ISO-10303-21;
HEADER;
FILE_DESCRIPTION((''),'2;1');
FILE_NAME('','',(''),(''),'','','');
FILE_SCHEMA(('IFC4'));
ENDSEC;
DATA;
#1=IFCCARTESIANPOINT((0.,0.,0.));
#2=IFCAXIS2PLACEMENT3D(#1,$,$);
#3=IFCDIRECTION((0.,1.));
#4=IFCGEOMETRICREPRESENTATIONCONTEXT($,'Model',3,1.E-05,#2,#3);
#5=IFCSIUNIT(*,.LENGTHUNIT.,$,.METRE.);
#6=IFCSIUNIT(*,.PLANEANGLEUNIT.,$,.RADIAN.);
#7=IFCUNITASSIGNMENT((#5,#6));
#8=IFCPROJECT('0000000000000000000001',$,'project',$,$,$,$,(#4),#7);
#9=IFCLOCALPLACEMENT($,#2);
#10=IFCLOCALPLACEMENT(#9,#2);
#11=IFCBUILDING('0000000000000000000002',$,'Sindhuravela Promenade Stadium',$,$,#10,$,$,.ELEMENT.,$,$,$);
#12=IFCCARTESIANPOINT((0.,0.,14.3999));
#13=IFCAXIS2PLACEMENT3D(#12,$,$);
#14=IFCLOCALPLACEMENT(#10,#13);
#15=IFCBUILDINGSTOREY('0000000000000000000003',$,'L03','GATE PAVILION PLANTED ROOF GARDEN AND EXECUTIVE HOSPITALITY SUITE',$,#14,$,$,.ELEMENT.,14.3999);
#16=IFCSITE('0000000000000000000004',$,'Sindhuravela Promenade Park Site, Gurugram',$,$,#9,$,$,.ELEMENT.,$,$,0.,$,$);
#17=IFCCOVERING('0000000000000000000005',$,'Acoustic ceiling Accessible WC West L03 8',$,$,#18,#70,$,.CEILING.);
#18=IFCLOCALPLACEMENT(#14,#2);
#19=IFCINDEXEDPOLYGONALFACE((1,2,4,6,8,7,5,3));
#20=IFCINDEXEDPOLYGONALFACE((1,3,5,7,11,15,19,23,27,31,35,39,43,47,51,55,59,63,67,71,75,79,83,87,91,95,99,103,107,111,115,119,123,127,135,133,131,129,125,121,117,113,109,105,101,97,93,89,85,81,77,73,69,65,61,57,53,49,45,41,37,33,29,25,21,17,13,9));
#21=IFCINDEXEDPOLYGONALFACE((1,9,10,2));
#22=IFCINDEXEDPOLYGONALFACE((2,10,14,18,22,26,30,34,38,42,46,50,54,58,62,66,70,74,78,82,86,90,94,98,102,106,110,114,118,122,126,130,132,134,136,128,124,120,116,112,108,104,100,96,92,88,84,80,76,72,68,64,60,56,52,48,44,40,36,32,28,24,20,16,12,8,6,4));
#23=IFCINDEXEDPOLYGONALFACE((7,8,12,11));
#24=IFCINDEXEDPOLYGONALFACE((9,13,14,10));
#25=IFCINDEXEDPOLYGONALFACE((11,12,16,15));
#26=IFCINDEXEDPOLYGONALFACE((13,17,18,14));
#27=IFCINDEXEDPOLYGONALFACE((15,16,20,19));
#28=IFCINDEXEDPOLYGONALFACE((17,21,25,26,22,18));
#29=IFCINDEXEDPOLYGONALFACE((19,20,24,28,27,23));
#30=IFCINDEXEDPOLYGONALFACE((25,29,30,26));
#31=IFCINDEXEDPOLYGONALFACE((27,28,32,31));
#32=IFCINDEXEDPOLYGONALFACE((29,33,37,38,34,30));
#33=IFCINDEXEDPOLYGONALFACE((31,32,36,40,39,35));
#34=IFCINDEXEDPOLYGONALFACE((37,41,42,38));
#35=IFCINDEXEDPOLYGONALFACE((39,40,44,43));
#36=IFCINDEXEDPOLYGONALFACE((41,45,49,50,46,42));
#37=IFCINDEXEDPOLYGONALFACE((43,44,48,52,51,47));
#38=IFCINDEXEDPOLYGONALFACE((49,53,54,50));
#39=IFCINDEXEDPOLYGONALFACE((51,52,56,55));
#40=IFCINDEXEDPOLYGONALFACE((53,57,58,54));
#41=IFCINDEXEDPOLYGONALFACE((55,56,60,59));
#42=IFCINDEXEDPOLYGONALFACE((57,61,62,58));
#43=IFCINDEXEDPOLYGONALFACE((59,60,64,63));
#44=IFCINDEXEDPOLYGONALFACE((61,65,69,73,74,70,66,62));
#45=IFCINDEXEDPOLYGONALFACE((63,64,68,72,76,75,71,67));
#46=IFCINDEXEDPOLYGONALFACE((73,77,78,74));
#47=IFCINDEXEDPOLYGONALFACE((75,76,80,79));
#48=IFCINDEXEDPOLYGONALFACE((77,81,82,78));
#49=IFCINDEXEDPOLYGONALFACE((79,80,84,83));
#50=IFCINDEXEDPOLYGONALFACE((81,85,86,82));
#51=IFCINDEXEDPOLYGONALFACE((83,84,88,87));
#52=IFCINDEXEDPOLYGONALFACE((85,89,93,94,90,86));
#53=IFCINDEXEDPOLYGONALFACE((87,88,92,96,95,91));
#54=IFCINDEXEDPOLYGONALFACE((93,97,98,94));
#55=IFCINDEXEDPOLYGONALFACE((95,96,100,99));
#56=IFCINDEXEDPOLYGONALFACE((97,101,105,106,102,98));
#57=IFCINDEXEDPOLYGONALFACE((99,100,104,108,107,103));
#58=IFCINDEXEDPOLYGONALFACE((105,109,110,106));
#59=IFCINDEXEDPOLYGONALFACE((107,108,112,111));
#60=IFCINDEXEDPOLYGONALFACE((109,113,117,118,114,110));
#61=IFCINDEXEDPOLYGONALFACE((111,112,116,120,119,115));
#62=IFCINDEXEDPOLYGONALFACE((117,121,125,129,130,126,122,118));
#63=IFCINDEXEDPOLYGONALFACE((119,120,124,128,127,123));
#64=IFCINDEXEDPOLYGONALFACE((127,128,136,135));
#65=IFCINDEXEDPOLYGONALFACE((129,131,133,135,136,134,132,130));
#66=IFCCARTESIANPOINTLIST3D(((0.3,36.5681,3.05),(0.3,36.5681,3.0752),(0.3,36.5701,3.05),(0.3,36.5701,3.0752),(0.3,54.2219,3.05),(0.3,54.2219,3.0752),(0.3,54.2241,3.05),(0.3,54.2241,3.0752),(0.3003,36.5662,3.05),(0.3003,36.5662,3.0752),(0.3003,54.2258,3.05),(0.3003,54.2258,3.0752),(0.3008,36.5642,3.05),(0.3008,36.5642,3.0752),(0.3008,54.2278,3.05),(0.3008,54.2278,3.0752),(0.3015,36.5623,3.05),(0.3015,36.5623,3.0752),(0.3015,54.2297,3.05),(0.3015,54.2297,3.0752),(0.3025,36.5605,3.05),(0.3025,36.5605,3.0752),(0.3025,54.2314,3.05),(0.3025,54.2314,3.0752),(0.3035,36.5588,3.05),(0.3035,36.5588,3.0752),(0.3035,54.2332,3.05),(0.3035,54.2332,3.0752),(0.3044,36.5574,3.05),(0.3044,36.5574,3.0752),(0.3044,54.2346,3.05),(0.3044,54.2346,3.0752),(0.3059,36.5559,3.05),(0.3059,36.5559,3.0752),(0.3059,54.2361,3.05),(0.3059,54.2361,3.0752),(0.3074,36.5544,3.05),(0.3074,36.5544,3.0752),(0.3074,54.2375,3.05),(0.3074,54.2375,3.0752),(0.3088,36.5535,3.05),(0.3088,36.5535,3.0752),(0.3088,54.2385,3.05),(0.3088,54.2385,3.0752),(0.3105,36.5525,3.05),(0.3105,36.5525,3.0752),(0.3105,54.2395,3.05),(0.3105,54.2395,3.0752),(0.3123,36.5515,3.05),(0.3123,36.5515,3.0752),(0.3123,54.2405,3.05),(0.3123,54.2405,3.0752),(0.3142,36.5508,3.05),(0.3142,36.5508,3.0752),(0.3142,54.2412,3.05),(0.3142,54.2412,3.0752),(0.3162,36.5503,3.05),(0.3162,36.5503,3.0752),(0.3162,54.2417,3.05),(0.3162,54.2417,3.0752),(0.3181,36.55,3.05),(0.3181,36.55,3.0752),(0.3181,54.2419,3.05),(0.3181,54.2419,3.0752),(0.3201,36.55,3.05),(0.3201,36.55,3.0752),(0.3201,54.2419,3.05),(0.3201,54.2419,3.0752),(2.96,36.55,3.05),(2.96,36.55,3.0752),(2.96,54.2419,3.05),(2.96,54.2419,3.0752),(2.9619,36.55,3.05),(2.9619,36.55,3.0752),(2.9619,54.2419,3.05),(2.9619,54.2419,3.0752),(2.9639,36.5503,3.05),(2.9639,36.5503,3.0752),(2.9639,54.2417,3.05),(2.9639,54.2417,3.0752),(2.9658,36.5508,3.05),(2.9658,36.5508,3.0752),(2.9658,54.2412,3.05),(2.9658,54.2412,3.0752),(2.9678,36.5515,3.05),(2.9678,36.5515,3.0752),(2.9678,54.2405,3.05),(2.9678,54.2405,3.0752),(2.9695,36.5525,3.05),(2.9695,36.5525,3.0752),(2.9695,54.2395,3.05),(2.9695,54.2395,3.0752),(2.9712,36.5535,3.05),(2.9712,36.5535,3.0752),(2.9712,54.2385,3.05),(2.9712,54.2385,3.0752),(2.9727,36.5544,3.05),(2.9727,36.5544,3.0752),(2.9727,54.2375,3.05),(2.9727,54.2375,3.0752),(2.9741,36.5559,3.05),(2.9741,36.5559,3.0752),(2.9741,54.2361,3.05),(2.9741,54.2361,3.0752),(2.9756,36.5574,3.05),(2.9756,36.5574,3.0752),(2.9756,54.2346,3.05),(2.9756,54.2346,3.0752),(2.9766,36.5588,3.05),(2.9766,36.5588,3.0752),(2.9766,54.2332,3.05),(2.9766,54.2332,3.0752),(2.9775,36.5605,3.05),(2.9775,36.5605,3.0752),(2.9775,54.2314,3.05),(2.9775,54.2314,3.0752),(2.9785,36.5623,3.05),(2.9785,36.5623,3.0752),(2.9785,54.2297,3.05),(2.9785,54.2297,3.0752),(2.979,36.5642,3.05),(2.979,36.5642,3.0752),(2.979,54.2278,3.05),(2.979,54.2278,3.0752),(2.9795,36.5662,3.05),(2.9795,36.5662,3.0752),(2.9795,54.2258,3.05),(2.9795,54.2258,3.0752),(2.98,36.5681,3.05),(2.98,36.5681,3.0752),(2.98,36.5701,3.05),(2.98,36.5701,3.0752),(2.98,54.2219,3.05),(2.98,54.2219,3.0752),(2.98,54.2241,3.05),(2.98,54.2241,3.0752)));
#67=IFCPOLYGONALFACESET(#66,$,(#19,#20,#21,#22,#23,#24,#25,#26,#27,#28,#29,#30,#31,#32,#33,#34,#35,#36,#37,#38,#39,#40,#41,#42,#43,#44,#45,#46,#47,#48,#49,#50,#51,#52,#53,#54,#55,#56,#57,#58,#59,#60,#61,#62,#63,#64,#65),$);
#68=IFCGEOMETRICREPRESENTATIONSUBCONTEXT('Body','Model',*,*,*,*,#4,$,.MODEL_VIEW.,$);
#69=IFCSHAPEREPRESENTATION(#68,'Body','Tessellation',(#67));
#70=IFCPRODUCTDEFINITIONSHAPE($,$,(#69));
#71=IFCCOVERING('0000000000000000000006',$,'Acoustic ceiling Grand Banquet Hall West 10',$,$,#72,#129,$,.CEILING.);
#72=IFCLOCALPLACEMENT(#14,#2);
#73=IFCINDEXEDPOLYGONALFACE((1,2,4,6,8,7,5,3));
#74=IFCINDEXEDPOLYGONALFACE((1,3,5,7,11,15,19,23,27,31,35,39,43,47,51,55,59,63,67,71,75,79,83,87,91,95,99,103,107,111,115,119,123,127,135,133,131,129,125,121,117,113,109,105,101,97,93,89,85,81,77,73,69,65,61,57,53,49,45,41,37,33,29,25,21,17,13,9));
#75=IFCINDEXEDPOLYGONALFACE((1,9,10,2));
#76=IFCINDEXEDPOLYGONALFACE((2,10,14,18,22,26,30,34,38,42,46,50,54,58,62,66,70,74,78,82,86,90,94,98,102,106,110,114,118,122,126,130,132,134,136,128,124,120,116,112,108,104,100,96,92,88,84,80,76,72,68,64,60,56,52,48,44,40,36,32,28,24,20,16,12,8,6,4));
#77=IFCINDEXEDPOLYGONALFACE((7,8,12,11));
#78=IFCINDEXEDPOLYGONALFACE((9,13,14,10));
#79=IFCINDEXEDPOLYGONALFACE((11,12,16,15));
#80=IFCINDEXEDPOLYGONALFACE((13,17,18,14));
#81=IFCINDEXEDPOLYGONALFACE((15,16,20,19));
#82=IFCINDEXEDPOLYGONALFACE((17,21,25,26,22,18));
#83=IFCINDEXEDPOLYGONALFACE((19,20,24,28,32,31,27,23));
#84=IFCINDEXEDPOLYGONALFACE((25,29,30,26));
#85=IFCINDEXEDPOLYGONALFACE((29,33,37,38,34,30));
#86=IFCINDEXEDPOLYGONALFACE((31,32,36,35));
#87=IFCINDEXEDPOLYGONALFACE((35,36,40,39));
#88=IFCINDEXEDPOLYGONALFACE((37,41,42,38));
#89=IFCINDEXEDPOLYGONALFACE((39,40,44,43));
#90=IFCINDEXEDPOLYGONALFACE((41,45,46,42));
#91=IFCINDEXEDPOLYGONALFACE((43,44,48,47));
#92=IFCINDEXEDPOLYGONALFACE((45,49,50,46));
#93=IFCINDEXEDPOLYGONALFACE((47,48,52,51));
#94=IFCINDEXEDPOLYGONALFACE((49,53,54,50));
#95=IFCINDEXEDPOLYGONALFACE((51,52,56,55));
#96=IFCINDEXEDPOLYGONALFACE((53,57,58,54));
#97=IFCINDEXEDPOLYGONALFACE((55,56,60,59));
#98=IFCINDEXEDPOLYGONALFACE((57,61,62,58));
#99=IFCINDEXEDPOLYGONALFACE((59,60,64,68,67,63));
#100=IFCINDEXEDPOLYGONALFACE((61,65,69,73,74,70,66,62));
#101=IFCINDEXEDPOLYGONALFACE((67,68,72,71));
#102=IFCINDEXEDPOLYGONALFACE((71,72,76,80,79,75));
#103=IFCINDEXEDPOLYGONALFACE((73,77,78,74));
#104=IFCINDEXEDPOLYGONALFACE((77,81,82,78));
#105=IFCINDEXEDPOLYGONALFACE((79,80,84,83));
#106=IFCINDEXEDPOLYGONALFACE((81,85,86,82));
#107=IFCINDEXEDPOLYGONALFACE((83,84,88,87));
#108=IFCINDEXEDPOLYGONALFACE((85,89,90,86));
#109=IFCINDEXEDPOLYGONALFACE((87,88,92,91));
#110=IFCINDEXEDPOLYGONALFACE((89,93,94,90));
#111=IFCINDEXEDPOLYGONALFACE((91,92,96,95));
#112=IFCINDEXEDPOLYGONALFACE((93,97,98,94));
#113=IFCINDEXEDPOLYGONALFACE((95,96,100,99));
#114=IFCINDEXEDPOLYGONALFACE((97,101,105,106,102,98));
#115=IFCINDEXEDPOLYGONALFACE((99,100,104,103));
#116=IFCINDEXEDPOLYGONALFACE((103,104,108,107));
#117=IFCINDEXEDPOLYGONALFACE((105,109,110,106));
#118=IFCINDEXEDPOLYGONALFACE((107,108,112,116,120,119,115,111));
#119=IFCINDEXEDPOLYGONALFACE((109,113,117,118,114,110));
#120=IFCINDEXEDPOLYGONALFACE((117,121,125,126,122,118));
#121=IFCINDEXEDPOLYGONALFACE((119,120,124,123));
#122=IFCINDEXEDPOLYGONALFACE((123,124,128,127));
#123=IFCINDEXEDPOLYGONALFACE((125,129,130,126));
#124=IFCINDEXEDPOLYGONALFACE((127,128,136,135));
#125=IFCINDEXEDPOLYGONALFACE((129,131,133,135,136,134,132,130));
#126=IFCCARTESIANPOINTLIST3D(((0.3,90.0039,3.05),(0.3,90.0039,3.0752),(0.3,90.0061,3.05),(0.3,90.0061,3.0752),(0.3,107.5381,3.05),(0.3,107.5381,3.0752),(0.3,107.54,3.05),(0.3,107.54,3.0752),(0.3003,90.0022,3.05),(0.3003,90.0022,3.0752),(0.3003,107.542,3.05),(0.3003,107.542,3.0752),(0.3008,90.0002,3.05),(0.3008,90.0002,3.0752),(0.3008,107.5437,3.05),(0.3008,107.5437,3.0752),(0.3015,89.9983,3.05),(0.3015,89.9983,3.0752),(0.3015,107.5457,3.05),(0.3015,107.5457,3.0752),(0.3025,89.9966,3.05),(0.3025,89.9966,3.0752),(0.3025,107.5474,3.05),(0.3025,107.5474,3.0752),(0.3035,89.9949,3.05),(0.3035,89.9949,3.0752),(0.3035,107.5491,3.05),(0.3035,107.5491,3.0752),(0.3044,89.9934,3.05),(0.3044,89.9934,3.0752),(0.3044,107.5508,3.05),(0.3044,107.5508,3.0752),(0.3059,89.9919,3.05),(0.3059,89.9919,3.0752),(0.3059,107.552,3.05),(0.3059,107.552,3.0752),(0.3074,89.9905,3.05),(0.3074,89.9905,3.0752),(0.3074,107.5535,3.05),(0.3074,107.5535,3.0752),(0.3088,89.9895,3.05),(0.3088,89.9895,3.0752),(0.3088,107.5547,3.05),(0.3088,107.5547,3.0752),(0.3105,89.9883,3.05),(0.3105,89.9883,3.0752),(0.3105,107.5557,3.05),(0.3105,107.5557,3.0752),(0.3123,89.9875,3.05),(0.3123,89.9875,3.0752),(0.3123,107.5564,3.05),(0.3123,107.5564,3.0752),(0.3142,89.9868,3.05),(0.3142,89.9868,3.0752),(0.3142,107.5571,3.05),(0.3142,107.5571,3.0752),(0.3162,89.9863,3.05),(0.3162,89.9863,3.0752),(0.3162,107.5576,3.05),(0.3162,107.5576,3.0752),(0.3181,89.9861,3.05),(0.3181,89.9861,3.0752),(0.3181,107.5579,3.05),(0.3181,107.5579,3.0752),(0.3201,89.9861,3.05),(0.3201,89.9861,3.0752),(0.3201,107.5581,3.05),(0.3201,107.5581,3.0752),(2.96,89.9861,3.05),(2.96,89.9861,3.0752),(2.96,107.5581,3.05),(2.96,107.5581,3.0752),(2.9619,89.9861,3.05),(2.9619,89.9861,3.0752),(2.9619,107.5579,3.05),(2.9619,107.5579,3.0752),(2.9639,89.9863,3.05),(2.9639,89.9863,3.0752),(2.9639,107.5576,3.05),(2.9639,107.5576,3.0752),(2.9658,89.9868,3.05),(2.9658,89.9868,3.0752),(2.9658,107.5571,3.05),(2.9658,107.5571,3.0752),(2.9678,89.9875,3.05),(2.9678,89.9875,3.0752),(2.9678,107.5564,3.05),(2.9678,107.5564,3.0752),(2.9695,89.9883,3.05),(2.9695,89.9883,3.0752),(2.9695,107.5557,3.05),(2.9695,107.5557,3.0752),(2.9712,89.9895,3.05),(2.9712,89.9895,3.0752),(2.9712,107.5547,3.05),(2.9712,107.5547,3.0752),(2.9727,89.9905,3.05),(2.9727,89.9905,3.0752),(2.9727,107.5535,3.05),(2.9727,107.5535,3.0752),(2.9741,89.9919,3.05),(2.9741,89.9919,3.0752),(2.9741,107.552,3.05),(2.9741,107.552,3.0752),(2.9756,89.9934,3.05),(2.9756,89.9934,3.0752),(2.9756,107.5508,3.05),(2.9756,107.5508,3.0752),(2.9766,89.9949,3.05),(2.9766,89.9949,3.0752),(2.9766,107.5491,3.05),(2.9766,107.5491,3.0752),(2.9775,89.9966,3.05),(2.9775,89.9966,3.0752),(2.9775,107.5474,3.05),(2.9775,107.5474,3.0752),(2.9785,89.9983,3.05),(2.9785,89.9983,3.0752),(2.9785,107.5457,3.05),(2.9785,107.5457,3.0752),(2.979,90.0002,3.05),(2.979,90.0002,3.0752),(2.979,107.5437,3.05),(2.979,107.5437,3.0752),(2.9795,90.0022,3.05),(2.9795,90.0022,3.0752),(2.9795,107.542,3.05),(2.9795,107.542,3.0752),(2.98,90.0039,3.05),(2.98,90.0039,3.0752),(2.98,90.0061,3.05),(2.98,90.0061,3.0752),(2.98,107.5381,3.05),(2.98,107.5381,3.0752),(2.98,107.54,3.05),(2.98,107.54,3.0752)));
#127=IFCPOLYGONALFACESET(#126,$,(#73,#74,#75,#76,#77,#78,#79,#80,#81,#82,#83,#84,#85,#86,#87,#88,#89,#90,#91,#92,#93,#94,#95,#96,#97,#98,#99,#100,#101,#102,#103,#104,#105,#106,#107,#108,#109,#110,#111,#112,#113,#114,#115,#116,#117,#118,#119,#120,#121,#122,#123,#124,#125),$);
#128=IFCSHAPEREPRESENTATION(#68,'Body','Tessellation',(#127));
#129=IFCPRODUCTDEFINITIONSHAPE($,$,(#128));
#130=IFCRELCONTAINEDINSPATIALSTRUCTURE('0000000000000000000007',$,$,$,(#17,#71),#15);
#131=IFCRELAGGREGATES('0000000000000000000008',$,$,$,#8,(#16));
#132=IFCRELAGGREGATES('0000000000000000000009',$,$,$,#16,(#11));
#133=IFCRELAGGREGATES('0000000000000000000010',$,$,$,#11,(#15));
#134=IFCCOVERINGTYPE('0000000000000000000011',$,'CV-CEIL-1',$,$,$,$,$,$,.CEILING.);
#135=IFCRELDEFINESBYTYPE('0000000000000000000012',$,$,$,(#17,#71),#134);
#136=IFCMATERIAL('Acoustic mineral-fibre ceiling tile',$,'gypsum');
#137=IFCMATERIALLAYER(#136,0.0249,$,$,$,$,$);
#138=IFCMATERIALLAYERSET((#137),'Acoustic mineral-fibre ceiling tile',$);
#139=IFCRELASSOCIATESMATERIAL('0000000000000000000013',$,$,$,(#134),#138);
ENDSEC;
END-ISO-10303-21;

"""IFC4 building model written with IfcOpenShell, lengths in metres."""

from ifc_helpers import new_model, si_unit, direction, frame, origin, place, context, subcontext, project, spatial, polyline, outline, extrude, material, layer, layer_set, type_object, element, save


model = new_model("IFC4")

# Units and contexts
model_context = context("Model", 3, precision=1e-05, world=origin(), true_north=direction((0.0, 1.0)))
body_context = subcontext(model_context, "Body", "Model", "MODEL_VIEW")
ifc_project = project(units=[si_unit("LENGTHUNIT", "METRE"), si_unit("PLANEANGLEUNIT", "RADIAN")], contexts=[model_context])

# Site, building, storey
site_placement = place(None, origin())
site = spatial("IfcSite", under=ifc_project, at=site_placement, Name="Sindhuravela Promenade Park Site, Gurugram", CompositionType="ELEMENT", RefElevation=0.0)
building_placement = place(site_placement, origin())
building = spatial("IfcBuilding", under=site, at=building_placement, Name="Sindhuravela Promenade Stadium", CompositionType="ELEMENT")
storey_placement = place(building_placement, frame((0.0, 0.0, 14.3999)))
storey = spatial("IfcBuildingStorey", under=building, at=storey_placement, Name="L03", Description="GATE PAVILION PLANTED ROOF GARDEN AND EXECUTIVE HOSPITALITY SUITE", CompositionType="ELEMENT", Elevation=14.3999)

# Coverings
ifc_material_1 = material(Name="Acoustic mineral-fibre ceiling tile", Category="gypsum")
ifc_layer_1 = layer(ifc_material_1, 0.0249)
ifc_layer_set_1 = layer_set([ifc_layer_1], Name="Acoustic mineral-fibre ceiling tile")
covering_type_1 = type_object("IfcCoveringType", Name="CV-CEIL-1", PredefinedType="CEILING", material=ifc_layer_set_1)
covering_1_placement = place(storey_placement, frame((0.0, 0.0, 3.05)))
element("IfcCovering", 1, at=covering_1_placement, inside=storey, type_object=covering_type_1, Name="Acoustic ceiling Accessible WC West L03 8", PredefinedType="CEILING", context=body_context, shape_type="SweptSolid", body=[
    extrude(outline(polyline([(2.98, 36.5701), (2.98, 36.5681), (2.9795, 36.5662), (2.979, 36.5642), (2.9785, 36.5623), (2.9775, 36.5605), (2.9766, 36.5588), (2.9756, 36.5574), (2.9741, 36.5559), (2.9727, 36.5544), (2.9712, 36.5535), (2.9695, 36.5525), (2.9678, 36.5515), (2.9658, 36.5508), (2.9639, 36.5503), (2.9619, 36.55), (2.96, 36.55), (0.3201, 36.55), (0.3181, 36.55), (0.3162, 36.5503), (0.3142, 36.5508), (0.3123, 36.5515), (0.3105, 36.5525), (0.3088, 36.5535), (0.3074, 36.5544), (0.3059, 36.5559), (0.3044, 36.5574), (0.3035, 36.5588), (0.3025, 36.5605), (0.3015, 36.5623), (0.3008, 36.5642), (0.3003, 36.5662), (0.3, 36.5681), (0.3, 36.5701), (0.3, 54.2219), (0.3, 54.2241), (0.3003, 54.2258), (0.3008, 54.2278), (0.3015, 54.2297), (0.3025, 54.2314), (0.3035, 54.2332), (0.3044, 54.2346), (0.3059, 54.2361), (0.3074, 54.2375), (0.3088, 54.2385), (0.3105, 54.2395), (0.3123, 54.2405), (0.3142, 54.2412), (0.3162, 54.2417), (0.3181, 54.2419), (0.3201, 54.2419), (2.96, 54.2419), (2.9619, 54.2419), (2.9639, 54.2417), (2.9658, 54.2412), (2.9678, 54.2405), (2.9695, 54.2395), (2.9712, 54.2385), (2.9727, 54.2375), (2.9741, 54.2361), (2.9756, 54.2346), (2.9766, 54.2332), (2.9775, 54.2314), (2.9785, 54.2297), (2.979, 54.2278), (2.9795, 54.2258), (2.98, 54.2241), (2.98, 54.2219), (2.98, 36.5701)])), origin(), (0.0, 0.0, 1.0), 0.0251),
])
covering_2_placement = place(storey_placement, frame((0.0, 0.0, 3.05)))
element("IfcCovering", 2, at=covering_2_placement, inside=storey, type_object=covering_type_1, Name="Acoustic ceiling Grand Banquet Hall West 10", PredefinedType="CEILING", context=body_context, shape_type="SweptSolid", body=[
    extrude(outline(polyline([(2.98, 90.0061), (2.98, 90.0039), (2.9795, 90.0022), (2.979, 90.0002), (2.9785, 89.9983), (2.9775, 89.9966), (2.9766, 89.9949), (2.9756, 89.9934), (2.9741, 89.9919), (2.9727, 89.9905), (2.9712, 89.9895), (2.9695, 89.9883), (2.9678, 89.9875), (2.9658, 89.9868), (2.9639, 89.9863), (2.9619, 89.9861), (2.96, 89.9861), (0.3201, 89.9861), (0.3181, 89.9861), (0.3162, 89.9863), (0.3142, 89.9868), (0.3123, 89.9875), (0.3105, 89.9883), (0.3088, 89.9895), (0.3074, 89.9905), (0.3059, 89.9919), (0.3044, 89.9934), (0.3035, 89.9949), (0.3025, 89.9966), (0.3015, 89.9983), (0.3008, 90.0002), (0.3003, 90.0022), (0.3, 90.0039), (0.3, 90.0061), (0.3, 107.5381), (0.3, 107.54), (0.3003, 107.542), (0.3008, 107.5437), (0.3015, 107.5457), (0.3025, 107.5474), (0.3035, 107.5491), (0.3044, 107.5508), (0.3059, 107.552), (0.3074, 107.5535), (0.3088, 107.5547), (0.3105, 107.5557), (0.3123, 107.5564), (0.3142, 107.5571), (0.3162, 107.5576), (0.3181, 107.5579), (0.3201, 107.5581), (2.96, 107.5581), (2.9619, 107.5579), (2.9639, 107.5576), (2.9658, 107.5571), (2.9678, 107.5564), (2.9695, 107.5557), (2.9712, 107.5547), (2.9727, 107.5535), (2.9741, 107.552), (2.9756, 107.5508), (2.9766, 107.5491), (2.9775, 107.5474), (2.9785, 107.5457), (2.979, 107.5437), (2.9795, 107.542), (2.98, 107.54), (2.98, 107.5381), (2.98, 90.0061)])), origin(), (0.0, 0.0, 1.0), 0.0251),
])

save(model, "model.ifc")
